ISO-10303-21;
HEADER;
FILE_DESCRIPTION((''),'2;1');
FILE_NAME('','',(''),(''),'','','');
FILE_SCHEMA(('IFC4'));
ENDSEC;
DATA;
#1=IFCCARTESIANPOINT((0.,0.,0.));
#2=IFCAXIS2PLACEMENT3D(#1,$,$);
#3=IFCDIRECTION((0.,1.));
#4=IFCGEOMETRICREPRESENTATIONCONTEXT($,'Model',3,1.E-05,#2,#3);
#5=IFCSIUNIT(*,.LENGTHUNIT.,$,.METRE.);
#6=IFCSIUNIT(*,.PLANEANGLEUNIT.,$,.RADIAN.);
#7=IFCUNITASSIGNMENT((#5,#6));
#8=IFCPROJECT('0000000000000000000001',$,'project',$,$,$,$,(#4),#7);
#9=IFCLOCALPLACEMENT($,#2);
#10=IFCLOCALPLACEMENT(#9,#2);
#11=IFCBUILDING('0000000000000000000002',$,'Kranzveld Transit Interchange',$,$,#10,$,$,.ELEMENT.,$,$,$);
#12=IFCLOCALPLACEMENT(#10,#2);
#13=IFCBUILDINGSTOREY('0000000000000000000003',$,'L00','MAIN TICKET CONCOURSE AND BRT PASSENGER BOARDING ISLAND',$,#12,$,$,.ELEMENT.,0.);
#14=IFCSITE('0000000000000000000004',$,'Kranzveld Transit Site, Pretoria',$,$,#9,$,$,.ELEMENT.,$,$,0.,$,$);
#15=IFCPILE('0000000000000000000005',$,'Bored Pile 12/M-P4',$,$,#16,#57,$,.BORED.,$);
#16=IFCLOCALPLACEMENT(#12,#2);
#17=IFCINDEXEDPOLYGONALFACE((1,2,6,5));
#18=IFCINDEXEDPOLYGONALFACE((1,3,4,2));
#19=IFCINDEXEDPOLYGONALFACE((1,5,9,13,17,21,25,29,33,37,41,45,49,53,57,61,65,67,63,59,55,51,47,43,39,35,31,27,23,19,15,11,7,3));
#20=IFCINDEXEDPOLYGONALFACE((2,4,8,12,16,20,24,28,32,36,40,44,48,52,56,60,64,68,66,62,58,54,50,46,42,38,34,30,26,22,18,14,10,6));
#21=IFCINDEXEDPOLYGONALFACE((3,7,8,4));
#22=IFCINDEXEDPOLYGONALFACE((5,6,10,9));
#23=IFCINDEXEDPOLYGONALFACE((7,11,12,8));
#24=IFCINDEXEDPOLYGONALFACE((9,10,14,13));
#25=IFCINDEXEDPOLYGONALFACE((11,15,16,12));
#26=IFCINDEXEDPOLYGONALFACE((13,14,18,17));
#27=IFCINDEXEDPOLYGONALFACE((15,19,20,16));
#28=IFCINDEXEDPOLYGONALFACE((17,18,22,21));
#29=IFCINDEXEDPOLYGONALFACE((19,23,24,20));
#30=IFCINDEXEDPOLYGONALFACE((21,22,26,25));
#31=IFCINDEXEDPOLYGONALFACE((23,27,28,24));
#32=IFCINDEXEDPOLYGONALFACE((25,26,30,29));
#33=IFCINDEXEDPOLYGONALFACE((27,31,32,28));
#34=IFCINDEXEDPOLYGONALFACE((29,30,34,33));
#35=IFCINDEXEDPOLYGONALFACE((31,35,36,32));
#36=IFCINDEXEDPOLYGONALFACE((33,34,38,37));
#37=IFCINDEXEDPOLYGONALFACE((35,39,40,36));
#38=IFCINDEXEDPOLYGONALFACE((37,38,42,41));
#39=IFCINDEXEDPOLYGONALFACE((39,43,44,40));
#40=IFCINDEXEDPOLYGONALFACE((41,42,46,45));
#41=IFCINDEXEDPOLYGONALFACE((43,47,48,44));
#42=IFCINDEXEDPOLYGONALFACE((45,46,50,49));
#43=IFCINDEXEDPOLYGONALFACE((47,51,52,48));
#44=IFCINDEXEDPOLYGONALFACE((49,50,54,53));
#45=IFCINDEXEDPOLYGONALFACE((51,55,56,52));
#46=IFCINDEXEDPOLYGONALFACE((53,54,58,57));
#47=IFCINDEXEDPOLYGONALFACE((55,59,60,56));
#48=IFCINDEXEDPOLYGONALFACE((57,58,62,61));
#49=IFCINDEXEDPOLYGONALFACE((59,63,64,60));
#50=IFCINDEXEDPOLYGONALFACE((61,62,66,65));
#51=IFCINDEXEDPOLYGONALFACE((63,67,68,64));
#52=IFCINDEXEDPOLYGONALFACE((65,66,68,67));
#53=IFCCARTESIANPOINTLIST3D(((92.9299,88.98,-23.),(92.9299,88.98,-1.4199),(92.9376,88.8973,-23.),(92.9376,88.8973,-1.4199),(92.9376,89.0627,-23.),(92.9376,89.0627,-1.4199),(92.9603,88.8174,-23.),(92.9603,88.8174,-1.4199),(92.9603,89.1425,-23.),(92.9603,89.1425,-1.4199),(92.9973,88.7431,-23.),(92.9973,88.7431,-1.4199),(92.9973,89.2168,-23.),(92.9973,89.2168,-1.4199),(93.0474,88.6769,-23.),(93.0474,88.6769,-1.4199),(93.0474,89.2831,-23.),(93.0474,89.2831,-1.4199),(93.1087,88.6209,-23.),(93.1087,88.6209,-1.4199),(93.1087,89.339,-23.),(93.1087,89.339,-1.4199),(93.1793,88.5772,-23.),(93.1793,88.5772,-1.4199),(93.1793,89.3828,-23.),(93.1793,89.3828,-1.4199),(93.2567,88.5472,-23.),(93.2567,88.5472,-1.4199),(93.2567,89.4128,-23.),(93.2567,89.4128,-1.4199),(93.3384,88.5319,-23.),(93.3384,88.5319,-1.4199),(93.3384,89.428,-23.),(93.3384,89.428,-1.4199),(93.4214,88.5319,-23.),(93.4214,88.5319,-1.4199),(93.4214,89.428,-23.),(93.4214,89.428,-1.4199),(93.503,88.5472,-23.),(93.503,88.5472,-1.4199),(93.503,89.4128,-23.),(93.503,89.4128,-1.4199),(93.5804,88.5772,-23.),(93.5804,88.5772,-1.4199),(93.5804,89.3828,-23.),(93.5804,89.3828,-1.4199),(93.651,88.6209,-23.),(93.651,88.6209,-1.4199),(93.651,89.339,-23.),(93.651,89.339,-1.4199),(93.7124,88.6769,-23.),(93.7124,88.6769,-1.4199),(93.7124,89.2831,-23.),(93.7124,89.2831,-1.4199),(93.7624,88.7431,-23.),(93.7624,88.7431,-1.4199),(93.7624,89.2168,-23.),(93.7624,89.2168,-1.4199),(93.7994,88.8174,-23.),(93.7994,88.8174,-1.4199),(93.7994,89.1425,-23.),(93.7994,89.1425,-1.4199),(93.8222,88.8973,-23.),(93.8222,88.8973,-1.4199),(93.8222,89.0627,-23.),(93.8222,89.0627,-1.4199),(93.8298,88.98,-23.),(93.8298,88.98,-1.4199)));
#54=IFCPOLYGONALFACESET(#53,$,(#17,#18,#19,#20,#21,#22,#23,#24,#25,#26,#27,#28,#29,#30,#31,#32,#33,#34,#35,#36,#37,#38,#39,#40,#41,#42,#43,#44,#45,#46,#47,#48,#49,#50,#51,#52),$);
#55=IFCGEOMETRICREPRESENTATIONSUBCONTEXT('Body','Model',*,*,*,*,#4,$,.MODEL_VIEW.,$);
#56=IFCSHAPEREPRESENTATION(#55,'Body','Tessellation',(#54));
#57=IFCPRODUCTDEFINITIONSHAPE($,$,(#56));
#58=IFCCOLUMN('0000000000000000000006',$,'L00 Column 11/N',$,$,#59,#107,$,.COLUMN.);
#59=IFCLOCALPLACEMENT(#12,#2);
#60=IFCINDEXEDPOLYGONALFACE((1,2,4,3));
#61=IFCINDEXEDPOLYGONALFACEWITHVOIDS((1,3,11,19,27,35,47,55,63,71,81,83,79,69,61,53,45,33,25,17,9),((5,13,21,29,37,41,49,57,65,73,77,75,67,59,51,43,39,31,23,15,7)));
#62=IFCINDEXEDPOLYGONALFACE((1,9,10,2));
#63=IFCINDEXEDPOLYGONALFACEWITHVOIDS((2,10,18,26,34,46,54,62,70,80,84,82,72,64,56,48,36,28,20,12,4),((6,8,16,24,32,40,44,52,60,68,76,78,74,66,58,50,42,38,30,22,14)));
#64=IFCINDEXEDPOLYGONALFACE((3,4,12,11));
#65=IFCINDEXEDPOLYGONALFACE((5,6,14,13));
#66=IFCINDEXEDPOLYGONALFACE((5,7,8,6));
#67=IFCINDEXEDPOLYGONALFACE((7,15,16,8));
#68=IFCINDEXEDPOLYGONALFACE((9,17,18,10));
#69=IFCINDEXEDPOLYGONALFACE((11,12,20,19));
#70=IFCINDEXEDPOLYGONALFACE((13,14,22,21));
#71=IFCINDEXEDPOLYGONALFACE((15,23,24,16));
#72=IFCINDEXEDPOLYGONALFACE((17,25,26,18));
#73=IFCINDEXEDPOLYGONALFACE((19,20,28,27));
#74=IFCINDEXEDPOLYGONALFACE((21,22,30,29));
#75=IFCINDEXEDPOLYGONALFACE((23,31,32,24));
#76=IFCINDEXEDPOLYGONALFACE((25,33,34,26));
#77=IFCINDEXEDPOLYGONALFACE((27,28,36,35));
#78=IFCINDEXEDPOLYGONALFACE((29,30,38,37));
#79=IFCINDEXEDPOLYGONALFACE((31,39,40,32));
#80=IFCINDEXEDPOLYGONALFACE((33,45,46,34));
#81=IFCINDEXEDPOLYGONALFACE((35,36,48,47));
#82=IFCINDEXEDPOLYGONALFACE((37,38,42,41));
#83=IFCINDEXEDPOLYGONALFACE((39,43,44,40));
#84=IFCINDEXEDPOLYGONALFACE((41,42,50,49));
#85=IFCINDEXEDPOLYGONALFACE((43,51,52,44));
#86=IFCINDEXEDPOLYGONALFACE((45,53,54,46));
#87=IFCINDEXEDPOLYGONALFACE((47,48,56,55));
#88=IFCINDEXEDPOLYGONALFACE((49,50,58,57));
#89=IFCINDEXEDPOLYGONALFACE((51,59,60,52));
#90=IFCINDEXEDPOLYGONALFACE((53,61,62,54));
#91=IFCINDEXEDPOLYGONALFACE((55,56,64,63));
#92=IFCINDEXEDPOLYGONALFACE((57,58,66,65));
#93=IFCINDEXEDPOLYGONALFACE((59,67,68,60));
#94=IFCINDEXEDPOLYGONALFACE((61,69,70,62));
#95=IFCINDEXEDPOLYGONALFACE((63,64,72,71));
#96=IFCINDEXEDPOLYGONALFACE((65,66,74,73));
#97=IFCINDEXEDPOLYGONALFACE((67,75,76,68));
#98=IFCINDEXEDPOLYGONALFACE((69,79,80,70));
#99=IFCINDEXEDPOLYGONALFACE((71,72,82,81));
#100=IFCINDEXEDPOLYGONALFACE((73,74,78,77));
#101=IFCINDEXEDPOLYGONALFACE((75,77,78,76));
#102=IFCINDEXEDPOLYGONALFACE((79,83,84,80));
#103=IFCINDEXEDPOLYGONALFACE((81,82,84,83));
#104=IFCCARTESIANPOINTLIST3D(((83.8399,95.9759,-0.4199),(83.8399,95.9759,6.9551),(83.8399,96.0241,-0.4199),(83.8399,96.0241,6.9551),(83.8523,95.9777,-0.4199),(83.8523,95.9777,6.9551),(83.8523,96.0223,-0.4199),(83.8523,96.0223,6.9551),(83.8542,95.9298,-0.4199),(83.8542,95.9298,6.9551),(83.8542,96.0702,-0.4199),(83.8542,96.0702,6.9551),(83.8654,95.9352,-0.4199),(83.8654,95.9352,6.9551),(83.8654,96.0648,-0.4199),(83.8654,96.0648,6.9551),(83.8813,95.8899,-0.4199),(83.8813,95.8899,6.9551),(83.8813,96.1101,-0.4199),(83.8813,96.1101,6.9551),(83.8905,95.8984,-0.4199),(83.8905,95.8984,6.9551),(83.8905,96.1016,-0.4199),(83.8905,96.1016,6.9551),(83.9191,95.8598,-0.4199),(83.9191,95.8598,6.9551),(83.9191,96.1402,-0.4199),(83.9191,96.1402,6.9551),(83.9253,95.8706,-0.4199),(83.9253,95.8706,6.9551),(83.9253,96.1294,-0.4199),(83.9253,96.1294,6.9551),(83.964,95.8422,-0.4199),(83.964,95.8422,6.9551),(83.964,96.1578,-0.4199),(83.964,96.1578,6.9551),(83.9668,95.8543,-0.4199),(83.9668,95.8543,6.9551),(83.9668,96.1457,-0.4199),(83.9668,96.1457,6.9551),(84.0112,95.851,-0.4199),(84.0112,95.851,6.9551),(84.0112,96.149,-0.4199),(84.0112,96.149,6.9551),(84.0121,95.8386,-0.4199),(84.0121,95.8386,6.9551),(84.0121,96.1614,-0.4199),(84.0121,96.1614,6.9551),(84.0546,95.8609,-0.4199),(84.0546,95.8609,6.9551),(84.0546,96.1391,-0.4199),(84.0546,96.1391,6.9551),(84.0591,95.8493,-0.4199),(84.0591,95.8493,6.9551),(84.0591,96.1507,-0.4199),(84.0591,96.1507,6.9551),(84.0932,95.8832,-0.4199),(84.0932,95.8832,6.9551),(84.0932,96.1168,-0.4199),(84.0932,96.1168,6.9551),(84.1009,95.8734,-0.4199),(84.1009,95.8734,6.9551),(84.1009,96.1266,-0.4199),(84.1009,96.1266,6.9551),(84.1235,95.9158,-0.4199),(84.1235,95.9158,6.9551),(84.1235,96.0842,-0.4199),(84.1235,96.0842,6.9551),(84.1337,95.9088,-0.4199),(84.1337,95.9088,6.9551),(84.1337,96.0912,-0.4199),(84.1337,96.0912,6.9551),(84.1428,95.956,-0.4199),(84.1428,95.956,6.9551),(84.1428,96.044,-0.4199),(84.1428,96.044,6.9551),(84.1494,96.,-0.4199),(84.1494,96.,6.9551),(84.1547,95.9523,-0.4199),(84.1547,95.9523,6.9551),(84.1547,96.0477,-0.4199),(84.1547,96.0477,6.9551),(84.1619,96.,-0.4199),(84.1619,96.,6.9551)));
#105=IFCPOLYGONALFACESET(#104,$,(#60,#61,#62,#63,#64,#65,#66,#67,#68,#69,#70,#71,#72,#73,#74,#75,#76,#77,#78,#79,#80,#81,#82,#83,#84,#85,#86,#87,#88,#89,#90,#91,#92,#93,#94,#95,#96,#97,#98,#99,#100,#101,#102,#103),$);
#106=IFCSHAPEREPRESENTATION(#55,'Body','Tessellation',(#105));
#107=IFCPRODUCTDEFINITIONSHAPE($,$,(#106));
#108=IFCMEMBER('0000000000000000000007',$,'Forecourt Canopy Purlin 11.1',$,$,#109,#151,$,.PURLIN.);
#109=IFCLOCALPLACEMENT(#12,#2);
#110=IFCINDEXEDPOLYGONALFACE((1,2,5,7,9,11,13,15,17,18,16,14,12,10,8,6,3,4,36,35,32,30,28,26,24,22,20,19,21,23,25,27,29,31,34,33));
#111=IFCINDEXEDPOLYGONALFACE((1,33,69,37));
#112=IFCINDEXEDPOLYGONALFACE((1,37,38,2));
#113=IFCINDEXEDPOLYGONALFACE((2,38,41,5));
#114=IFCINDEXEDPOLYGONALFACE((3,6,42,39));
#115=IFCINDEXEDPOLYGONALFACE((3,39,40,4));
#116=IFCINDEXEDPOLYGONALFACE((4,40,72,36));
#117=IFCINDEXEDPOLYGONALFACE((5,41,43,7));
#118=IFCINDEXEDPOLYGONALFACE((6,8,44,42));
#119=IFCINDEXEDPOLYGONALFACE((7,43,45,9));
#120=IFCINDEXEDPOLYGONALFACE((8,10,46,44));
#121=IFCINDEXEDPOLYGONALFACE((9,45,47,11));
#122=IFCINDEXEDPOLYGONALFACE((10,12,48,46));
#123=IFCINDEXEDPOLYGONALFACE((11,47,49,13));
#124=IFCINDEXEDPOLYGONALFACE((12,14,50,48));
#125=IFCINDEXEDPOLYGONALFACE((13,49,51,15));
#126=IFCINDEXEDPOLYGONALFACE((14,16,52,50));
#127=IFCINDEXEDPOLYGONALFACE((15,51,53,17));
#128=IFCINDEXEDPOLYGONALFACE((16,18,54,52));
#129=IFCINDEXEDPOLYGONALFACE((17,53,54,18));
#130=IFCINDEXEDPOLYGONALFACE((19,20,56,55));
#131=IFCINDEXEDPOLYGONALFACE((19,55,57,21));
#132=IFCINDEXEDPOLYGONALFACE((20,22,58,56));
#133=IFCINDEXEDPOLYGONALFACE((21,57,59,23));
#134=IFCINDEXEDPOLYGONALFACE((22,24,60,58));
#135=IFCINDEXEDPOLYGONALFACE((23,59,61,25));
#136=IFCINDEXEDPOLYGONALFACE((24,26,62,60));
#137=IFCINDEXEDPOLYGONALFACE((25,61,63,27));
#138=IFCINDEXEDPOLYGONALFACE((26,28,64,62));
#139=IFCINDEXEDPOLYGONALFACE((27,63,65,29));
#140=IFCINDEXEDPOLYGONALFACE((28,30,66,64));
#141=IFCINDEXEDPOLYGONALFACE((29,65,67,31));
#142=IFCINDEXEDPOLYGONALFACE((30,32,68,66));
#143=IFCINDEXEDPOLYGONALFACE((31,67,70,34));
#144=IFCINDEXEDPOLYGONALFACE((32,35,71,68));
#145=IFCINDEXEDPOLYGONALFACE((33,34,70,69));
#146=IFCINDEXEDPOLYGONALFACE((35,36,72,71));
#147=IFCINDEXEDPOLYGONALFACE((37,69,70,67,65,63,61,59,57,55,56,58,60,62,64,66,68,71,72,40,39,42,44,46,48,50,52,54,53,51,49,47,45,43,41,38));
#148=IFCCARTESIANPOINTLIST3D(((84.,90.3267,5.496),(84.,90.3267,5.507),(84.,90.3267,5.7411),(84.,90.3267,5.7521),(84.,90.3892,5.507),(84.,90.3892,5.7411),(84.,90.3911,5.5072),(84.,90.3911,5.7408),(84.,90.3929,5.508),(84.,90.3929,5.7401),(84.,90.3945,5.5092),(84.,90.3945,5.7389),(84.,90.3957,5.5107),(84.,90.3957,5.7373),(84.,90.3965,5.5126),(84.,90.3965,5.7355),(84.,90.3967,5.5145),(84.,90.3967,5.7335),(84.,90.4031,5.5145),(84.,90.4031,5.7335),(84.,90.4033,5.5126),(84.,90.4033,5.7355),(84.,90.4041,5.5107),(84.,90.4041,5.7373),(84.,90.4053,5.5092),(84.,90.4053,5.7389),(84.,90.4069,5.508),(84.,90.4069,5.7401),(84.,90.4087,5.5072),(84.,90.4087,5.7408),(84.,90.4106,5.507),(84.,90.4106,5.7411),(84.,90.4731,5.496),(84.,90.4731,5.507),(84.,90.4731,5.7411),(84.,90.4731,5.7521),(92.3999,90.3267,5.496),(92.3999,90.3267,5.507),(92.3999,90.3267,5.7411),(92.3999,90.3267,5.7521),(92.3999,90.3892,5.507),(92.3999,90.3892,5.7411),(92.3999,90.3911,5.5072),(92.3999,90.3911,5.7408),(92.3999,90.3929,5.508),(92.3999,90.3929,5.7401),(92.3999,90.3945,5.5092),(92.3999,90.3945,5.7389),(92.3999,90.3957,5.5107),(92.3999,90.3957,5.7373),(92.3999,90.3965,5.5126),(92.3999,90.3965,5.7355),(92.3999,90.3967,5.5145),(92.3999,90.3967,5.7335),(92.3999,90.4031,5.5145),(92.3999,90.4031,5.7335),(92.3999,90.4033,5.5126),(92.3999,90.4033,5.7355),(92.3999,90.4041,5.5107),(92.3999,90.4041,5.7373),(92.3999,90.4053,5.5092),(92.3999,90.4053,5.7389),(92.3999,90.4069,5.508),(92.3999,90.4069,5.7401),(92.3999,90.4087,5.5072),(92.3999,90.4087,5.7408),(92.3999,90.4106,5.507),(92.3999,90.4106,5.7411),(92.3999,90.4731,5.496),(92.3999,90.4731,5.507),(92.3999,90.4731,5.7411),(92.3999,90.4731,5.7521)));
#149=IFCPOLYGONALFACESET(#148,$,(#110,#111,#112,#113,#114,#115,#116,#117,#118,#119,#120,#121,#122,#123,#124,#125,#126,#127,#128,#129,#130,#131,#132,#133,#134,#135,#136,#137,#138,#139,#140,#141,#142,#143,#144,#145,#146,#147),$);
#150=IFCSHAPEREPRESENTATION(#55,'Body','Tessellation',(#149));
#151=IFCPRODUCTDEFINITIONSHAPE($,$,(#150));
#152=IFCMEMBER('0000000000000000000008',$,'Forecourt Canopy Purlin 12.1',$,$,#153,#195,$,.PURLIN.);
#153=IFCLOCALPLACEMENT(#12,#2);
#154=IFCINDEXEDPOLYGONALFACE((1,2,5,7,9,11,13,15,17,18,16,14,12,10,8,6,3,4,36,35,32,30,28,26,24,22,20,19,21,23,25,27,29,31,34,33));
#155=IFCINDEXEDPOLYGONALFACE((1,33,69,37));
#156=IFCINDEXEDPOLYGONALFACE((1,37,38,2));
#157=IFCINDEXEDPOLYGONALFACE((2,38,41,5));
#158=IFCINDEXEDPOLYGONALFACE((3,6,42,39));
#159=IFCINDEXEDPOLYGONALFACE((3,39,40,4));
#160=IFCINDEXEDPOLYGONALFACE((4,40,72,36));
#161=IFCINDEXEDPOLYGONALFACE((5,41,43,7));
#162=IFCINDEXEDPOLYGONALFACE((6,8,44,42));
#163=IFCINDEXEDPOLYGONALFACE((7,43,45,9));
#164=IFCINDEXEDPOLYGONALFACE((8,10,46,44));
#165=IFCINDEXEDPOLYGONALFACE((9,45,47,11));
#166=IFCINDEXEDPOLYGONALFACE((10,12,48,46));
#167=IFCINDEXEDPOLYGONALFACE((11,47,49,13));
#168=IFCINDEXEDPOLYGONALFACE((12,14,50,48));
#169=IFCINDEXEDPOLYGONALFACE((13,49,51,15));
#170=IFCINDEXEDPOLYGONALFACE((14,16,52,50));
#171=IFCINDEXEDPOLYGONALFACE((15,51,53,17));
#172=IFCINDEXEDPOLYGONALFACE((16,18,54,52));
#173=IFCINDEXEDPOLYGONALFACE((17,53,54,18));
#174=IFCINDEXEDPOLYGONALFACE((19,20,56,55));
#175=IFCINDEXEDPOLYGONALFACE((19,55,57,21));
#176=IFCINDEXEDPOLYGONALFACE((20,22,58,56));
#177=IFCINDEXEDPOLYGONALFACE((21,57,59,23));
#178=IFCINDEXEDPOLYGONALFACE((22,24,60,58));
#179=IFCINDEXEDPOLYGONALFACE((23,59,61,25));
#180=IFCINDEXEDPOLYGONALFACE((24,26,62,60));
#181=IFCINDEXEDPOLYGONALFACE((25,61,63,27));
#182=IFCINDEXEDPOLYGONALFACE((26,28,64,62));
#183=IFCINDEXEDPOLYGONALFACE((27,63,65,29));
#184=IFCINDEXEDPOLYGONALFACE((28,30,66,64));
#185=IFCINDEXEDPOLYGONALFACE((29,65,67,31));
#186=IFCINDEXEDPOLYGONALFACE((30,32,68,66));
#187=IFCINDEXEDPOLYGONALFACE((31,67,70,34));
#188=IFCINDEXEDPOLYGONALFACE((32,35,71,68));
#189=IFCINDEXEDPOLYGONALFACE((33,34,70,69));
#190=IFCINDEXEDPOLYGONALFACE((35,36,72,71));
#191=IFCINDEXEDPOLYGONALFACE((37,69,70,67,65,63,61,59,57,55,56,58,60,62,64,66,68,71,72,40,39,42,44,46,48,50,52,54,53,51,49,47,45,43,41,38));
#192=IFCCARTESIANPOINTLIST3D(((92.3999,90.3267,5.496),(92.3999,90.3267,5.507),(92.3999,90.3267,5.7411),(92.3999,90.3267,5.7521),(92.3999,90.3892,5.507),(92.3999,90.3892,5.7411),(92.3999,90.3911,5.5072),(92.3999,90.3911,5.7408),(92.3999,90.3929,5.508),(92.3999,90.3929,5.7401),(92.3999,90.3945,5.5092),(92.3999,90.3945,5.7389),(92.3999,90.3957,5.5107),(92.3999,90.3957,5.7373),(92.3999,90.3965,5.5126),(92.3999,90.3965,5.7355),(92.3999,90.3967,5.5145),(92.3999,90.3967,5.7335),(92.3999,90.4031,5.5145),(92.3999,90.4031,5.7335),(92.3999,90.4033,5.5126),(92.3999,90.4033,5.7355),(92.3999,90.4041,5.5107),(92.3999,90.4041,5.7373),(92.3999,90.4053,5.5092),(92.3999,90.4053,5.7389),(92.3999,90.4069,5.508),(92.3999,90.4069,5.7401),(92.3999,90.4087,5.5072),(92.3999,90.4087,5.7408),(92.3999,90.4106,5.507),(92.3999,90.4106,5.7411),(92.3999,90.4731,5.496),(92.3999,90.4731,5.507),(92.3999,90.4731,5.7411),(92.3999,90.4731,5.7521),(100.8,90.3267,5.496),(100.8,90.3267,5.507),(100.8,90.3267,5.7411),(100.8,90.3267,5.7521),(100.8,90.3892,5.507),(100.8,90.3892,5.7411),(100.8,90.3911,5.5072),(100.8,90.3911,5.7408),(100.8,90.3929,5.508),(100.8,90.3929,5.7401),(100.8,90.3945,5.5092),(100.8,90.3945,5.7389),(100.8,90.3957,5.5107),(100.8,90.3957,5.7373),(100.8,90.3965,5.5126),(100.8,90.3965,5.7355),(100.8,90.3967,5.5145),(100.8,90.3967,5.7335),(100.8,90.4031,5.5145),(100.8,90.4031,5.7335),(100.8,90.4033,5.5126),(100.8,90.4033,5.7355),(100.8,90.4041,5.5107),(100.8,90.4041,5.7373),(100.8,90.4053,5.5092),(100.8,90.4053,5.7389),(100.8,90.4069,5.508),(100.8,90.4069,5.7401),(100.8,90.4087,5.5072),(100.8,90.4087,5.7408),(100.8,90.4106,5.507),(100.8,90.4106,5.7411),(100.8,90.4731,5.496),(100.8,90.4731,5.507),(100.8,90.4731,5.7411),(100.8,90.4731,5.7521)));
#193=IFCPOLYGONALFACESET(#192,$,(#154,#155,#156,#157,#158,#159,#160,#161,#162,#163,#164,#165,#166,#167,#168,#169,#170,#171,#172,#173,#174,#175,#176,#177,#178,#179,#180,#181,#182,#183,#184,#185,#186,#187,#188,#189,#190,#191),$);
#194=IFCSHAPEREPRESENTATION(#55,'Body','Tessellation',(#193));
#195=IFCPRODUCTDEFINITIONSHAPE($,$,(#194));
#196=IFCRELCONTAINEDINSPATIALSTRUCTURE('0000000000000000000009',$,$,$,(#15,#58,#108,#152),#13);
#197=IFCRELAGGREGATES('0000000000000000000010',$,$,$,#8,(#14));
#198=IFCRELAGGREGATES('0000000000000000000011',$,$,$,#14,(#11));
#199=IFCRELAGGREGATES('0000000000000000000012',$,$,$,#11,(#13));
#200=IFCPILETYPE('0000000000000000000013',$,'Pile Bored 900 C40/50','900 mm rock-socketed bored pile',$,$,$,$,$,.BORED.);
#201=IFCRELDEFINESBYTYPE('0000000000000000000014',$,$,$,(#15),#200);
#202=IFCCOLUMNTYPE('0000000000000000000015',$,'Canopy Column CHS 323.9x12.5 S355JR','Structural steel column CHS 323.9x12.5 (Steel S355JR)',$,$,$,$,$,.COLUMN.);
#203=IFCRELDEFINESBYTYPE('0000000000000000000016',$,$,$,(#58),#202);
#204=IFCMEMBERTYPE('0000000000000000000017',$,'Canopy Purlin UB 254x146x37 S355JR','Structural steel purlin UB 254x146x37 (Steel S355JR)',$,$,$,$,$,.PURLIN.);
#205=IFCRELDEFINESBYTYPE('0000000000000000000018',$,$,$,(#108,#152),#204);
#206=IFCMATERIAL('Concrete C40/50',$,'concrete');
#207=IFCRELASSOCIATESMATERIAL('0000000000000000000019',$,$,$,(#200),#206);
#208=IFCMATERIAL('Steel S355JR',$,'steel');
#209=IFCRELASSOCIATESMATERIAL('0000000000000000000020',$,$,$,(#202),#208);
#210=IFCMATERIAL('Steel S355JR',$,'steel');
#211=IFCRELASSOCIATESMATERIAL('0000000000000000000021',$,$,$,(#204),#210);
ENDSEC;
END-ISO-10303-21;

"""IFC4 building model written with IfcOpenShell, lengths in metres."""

from ifc_helpers import new_model, si_unit, direction, frame, origin, origin_2d, place, context, subcontext, project, spatial, circle, hollow_circle, i_section, extrude, material, material_profile, profile_set, type_object, element, save


model = new_model("IFC4")

# Units and contexts
model_context = context("Model", 3, precision=1e-05, world=origin(), true_north=direction((0.0, 1.0)))
body_context = subcontext(model_context, "Body", "Model", "MODEL_VIEW")
ifc_project = project(units=[si_unit("LENGTHUNIT", "METRE"), si_unit("PLANEANGLEUNIT", "RADIAN")], contexts=[model_context])

# Site, building, storey
site_placement = place(None, origin())
site = spatial("IfcSite", under=ifc_project, at=site_placement, Name="Kranzveld Transit Site, Pretoria", CompositionType="ELEMENT", RefElevation=0.0)
building_placement = place(site_placement, origin())
building = spatial("IfcBuilding", under=site, at=building_placement, Name="Kranzveld Transit Interchange", CompositionType="ELEMENT")
storey_placement = place(building_placement, origin())
storey = spatial("IfcBuildingStorey", under=building, at=storey_placement, Name="L00", Description="MAIN TICKET CONCOURSE AND BRT PASSENGER BOARDING ISLAND", CompositionType="ELEMENT", Elevation=0.0)

# Pile
ifc_material_1 = material(Name="Concrete C40/50", Category="concrete")
ifc_material_profile_1 = material_profile(ifc_material_1, circle(Radius=0.45, at=origin_2d()), Name="BORED PILE 900")
ifc_profile_set_1 = profile_set([ifc_material_profile_1], Name="Concrete C40/50")
pile_type_1 = type_object("IfcPileType", Name="Pile Bored 900 C40/50", Description="900 mm rock-socketed bored pile", PredefinedType="BORED", material=ifc_profile_set_1)
for number, where, z_axis, x_axis, name in (
    (1, (93.3799, 88.98, -1.4199), (0.0, 0.0, -1.0), (1.0, 0.0, 0.0), "Bored Pile 12/M-P4"),
):
    element("IfcPile", number, at=place(storey_placement, frame(where, z_axis=z_axis, x_axis=x_axis)), inside=storey, type_object=pile_type_1, Name=name, PredefinedType="BORED", context=body_context, shape_type="SweptSolid", body=[
        extrude(circle(Radius=0.45, at=origin_2d()), origin(), (0.0, 0.0, 1.0), 21.5801),
    ])

# Column
ifc_material_2 = material(Name="Steel S355JR", Category="steel")
ifc_material_profile_2 = material_profile(ifc_material_2, hollow_circle(Radius=0.1619, WallThickness=0.0125, at=origin_2d()), Name="CHS 323.9x12.5")
ifc_profile_set_2 = profile_set([ifc_material_profile_2], Name="Steel S355JR")
column_type = type_object("IfcColumnType", Name="Canopy Column CHS 323.9x12.5 S355JR", Description="Structural steel column CHS 323.9x12.5 (Steel S355JR)", PredefinedType="COLUMN", material=ifc_profile_set_2)
column_placement = place(storey_placement, frame((84.0, 96.0, -0.4199), z_axis=(0.0, 0.0, 1.0), x_axis=(1.0, 0.0, 0.0)))
element("IfcColumn", 2, at=column_placement, inside=storey, type_object=column_type, Name="L00 Column 11/N", PredefinedType="COLUMN", context=body_context, shape_type="SweptSolid", body=[
    extrude(hollow_circle(Radius=0.1619, WallThickness=0.0125, at=origin_2d()), origin(), (0.0, 0.0, 1.0), 7.375),
])

# Members
ifc_material_3 = material(Name="Steel S355JR", Category="steel")
ifc_material_profile_3 = material_profile(ifc_material_3, i_section(OverallWidth=0.1465, OverallDepth=0.2561, WebThickness=0.0063, FlangeThickness=0.011, FilletRadius=0.0076, at=origin_2d()), Name="UB 254x146x37")
ifc_profile_set_3 = profile_set([ifc_material_profile_3], Name="Steel S355JR")
member_type_1 = type_object("IfcMemberType", Name="Canopy Purlin UB 254x146x37 S355JR", Description="Structural steel purlin UB 254x146x37 (Steel S355JR)", PredefinedType="PURLIN", material=ifc_profile_set_3)
member_1_placement = place(storey_placement, frame((84.0, 90.3999, 5.624), z_axis=(1.0, 0.0, 0.0), x_axis=(0.0, 1.0, 0.0)))
element("IfcMember", 3, at=member_1_placement, inside=storey, type_object=member_type_1, Name="Forecourt Canopy Purlin 11.1", PredefinedType="PURLIN", context=body_context, shape_type="SweptSolid", body=[
    extrude(i_section(OverallWidth=0.1465, OverallDepth=0.2561, WebThickness=0.0063, FlangeThickness=0.011, FilletRadius=0.0076, at=origin_2d()), origin(), (0.0, 0.0, 1.0), 8.3999),
])
member_2_placement = place(storey_placement, frame((92.3999, 90.3999, 5.624), z_axis=(1.0, 0.0, 0.0), x_axis=(0.0, 1.0, 0.0)))
element("IfcMember", 4, at=member_2_placement, inside=storey, type_object=member_type_1, Name="Forecourt Canopy Purlin 12.1", PredefinedType="PURLIN", context=body_context, shape_type="SweptSolid", body=[
    extrude(i_section(OverallWidth=0.1465, OverallDepth=0.2561, WebThickness=0.0063, FlangeThickness=0.011, FilletRadius=0.0076, at=origin_2d()), origin(), (0.0, 0.0, 1.0), 8.4001),
])

save(model, "model.ifc")
